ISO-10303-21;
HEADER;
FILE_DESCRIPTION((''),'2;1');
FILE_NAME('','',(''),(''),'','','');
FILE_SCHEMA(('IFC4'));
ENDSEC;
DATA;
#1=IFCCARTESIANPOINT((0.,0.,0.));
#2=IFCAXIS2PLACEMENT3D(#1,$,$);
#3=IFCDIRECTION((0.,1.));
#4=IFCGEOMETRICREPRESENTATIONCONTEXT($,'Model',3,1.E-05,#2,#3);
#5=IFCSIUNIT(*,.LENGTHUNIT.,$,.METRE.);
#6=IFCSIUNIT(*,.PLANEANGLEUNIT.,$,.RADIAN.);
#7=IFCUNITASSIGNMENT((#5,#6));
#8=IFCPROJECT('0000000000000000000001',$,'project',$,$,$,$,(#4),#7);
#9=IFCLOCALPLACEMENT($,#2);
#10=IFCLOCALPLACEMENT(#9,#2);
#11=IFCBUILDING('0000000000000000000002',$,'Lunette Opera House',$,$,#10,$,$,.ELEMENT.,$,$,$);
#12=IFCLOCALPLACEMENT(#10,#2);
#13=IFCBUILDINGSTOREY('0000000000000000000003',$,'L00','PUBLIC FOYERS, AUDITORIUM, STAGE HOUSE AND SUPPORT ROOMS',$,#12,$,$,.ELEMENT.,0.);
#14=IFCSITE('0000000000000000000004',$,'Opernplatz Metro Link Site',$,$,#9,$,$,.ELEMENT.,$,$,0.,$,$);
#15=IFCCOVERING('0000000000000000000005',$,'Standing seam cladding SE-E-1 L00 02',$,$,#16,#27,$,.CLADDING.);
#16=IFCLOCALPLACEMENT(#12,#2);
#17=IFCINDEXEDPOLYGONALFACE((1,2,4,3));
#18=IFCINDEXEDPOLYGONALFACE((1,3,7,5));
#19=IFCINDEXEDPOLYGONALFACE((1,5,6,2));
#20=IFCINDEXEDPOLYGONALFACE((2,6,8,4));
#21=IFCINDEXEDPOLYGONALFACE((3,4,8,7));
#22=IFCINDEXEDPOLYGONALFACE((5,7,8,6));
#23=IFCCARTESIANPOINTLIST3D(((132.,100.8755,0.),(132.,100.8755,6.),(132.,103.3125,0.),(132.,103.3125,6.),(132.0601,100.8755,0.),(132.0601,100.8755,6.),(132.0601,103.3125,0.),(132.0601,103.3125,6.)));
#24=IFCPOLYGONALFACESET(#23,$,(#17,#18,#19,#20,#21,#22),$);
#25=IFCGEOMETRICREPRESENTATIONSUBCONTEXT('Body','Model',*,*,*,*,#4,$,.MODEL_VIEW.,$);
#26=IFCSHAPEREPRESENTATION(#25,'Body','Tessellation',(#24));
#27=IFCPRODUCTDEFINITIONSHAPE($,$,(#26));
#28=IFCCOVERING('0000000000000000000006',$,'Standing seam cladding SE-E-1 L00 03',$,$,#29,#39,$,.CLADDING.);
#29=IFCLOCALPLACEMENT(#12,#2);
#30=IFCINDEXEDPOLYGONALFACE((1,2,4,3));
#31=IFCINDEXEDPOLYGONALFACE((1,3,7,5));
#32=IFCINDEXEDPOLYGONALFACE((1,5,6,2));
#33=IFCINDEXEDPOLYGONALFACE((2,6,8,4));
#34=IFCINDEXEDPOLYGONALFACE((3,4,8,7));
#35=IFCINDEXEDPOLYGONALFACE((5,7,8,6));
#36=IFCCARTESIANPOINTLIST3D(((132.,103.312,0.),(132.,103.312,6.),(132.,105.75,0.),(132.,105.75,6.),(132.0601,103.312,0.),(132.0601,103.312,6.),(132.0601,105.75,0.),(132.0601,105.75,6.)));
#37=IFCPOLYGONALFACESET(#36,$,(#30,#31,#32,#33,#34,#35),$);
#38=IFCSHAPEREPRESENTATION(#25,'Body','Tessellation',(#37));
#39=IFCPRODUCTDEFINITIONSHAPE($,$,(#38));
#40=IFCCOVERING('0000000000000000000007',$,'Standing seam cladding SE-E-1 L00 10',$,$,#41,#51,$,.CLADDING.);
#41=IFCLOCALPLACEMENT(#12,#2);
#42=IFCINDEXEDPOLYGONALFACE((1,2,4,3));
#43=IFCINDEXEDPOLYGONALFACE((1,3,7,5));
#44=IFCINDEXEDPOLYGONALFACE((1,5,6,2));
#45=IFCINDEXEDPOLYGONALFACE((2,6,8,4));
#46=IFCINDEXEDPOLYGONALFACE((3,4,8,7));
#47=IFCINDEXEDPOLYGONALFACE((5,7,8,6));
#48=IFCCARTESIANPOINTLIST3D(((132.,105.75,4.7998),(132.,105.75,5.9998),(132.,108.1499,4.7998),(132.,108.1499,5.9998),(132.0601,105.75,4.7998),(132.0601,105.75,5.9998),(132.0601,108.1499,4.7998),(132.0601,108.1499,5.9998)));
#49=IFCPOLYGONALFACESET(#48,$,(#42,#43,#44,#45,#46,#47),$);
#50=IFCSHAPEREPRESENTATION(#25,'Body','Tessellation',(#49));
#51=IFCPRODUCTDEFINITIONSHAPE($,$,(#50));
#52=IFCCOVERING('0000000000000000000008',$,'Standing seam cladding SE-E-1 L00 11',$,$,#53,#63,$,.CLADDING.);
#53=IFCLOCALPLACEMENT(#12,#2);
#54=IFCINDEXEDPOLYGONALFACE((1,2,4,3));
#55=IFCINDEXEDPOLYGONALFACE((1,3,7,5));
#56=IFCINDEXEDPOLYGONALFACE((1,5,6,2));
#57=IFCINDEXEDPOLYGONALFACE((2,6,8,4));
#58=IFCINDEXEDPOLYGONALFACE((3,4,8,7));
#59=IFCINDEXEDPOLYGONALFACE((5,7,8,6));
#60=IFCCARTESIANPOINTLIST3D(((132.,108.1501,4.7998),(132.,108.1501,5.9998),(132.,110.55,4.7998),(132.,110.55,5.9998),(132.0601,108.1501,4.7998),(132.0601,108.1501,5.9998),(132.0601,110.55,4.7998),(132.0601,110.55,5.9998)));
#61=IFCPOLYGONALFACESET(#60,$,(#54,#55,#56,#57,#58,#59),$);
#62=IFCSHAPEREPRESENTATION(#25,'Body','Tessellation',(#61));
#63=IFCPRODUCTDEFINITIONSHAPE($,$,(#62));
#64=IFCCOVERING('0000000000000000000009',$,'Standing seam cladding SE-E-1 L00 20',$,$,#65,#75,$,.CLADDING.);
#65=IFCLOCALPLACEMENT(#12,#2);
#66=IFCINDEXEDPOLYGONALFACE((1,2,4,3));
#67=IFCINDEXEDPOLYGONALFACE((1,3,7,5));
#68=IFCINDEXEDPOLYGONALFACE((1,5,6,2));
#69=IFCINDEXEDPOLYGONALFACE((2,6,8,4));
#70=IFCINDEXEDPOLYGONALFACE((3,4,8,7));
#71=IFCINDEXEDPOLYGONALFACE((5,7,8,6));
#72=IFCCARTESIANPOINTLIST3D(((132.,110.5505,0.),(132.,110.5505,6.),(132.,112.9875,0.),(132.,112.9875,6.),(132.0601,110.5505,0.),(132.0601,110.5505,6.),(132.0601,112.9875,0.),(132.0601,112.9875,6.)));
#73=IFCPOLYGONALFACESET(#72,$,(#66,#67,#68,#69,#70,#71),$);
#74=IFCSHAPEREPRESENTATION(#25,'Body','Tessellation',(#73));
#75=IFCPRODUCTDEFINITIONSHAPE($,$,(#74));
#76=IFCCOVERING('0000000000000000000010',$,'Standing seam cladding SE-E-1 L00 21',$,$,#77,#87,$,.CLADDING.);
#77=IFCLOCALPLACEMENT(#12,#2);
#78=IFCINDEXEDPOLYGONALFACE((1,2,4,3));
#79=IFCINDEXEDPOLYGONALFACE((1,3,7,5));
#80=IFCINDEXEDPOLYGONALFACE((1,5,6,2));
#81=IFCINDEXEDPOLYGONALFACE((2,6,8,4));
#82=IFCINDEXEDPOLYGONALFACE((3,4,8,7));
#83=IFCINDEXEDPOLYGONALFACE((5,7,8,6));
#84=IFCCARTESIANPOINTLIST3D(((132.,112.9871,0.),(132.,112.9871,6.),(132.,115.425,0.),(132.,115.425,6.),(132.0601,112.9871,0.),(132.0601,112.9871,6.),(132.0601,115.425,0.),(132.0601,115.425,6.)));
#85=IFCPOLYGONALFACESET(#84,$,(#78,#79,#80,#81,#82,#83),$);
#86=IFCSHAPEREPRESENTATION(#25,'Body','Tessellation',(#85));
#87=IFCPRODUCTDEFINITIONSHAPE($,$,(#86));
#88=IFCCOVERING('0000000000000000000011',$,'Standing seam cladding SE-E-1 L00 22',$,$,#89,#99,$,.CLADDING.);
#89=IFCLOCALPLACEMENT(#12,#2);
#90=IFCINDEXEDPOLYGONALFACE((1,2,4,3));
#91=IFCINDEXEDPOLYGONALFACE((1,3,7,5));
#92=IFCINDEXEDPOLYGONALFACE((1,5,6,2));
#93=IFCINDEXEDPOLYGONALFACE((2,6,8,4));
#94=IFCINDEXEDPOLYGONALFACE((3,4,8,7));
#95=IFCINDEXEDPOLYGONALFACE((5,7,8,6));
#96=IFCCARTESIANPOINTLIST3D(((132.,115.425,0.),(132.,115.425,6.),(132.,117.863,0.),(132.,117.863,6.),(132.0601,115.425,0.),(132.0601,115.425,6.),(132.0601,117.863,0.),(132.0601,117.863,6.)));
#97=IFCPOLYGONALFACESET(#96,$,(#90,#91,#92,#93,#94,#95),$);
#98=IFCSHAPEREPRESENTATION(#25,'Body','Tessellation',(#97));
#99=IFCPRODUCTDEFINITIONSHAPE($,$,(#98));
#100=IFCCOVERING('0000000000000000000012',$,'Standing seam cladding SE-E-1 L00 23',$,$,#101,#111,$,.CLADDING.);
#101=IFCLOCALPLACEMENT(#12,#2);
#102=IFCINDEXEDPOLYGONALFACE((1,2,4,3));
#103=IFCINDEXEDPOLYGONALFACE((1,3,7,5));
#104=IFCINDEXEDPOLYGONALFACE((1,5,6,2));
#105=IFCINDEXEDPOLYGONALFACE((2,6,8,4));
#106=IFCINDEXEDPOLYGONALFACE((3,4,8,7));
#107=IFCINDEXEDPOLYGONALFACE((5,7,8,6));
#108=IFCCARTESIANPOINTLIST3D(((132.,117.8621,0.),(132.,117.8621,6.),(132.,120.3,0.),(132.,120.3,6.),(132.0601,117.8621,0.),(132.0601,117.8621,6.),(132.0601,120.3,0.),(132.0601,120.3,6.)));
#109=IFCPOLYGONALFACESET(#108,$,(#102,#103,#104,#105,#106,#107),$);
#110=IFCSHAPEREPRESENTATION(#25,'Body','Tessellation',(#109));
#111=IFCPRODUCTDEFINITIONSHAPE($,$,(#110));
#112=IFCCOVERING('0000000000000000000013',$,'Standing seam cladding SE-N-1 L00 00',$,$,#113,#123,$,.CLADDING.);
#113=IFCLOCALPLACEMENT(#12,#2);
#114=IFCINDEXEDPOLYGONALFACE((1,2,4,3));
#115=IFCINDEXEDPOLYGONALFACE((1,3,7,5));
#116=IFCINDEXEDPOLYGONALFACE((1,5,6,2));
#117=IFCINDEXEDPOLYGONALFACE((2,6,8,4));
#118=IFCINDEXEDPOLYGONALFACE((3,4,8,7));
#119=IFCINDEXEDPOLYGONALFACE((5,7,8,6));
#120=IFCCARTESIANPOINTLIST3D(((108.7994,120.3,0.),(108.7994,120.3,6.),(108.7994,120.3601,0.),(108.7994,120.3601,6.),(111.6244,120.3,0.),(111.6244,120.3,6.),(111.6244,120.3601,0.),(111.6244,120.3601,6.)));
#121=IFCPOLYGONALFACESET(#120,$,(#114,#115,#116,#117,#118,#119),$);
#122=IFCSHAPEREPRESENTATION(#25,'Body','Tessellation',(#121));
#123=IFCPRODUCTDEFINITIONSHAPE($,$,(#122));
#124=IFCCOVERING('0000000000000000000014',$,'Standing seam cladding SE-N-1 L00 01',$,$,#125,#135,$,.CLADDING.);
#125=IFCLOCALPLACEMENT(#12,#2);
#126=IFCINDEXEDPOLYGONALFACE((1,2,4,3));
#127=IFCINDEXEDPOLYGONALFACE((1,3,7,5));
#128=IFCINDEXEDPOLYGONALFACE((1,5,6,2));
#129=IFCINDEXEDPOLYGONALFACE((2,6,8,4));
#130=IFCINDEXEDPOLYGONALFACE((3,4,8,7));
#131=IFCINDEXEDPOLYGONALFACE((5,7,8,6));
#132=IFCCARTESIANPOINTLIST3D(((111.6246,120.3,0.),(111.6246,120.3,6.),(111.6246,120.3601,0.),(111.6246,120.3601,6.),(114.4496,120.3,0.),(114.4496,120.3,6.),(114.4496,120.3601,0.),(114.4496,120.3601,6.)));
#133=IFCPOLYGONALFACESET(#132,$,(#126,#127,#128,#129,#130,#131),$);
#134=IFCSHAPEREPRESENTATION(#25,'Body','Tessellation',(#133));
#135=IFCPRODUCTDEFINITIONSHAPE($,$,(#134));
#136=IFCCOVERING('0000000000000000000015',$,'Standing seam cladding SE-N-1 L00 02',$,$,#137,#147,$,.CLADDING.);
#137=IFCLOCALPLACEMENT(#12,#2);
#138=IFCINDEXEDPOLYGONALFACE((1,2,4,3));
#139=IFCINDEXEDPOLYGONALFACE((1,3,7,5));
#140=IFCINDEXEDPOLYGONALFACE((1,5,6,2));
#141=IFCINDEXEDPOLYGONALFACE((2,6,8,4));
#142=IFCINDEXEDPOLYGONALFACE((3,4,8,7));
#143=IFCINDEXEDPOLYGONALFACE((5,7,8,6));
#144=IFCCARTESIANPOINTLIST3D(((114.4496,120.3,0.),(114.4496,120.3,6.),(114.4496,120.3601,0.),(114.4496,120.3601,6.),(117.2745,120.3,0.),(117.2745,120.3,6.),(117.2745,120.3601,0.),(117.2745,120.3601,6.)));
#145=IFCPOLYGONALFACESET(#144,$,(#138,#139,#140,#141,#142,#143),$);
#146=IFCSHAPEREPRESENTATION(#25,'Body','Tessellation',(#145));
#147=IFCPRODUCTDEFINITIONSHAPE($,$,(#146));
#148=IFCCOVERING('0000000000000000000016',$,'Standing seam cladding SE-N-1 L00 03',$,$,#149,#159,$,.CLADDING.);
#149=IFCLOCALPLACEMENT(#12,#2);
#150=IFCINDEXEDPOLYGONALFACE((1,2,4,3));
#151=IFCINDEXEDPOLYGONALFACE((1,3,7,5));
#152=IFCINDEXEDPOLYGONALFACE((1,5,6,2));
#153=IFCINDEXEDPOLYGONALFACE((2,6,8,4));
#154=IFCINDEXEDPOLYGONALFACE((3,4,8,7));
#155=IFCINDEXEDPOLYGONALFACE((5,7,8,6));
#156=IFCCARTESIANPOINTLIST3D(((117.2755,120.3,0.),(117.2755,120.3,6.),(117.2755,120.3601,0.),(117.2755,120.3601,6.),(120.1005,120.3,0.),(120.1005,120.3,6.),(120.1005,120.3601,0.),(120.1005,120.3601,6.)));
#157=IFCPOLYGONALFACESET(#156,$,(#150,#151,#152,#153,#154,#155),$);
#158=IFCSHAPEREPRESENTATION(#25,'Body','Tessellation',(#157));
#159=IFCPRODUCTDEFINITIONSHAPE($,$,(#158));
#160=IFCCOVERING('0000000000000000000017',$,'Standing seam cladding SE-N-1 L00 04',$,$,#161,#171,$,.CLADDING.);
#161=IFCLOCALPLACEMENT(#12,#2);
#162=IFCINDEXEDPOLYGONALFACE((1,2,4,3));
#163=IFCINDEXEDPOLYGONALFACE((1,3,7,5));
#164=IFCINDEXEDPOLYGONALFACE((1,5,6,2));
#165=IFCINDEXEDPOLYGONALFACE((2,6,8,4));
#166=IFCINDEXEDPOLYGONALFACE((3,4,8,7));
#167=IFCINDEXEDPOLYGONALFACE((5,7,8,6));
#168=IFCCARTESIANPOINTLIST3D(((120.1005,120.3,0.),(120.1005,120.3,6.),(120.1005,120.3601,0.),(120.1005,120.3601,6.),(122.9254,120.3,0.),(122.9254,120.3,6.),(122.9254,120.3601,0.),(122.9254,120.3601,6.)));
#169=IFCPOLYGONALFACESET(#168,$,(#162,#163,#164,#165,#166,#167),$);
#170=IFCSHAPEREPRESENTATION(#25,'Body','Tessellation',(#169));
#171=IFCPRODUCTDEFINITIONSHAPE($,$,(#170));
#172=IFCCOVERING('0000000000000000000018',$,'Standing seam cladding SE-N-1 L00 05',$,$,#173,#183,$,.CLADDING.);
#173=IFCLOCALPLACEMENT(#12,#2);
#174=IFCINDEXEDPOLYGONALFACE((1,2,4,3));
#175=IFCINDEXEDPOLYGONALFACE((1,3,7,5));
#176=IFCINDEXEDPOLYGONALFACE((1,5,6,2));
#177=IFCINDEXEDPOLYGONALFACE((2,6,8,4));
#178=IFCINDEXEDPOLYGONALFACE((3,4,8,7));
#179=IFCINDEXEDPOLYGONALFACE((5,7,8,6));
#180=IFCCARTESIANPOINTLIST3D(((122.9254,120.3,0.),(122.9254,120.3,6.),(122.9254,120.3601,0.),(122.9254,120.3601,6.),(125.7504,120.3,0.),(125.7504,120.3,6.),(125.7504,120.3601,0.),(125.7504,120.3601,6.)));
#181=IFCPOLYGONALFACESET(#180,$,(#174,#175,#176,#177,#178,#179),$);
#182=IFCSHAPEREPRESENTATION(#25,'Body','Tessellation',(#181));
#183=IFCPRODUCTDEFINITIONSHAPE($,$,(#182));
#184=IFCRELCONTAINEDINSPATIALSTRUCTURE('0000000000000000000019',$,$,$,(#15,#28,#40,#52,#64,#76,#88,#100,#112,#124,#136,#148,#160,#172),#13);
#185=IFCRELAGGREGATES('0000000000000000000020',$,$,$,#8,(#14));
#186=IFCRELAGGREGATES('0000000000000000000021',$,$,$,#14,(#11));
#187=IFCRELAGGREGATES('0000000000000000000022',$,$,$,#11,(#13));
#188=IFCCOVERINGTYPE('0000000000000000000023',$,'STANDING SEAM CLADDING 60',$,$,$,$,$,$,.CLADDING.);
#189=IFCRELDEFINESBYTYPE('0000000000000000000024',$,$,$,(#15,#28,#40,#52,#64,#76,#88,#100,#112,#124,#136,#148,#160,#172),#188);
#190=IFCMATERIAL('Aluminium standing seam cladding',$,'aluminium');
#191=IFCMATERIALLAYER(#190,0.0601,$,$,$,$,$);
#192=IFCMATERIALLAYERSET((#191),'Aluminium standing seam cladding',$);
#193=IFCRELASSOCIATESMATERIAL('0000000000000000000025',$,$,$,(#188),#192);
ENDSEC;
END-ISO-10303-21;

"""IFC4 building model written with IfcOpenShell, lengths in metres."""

from ifc_helpers import new_model, si_unit, direction, frame, origin, origin_2d, place, context, subcontext, project, spatial, rectangle, extrude, material, layer, layer_set, type_object, element, save


model = new_model("IFC4")

# Units and contexts
model_context = context("Model", 3, precision=1e-05, world=origin(), true_north=direction((0.0, 1.0)))
body_context = subcontext(model_context, "Body", "Model", "MODEL_VIEW")
ifc_project = project(units=[si_unit("LENGTHUNIT", "METRE"), si_unit("PLANEANGLEUNIT", "RADIAN")], contexts=[model_context])

# Site, building, storey
site_placement = place(None, origin())
site = spatial("IfcSite", under=ifc_project, at=site_placement, Name="Opernplatz Metro Link Site", CompositionType="ELEMENT", RefElevation=0.0)
building_placement = place(site_placement, origin())
building = spatial("IfcBuilding", under=site, at=building_placement, Name="Lunette Opera House", CompositionType="ELEMENT")
storey_placement = place(building_placement, origin())
storey = spatial("IfcBuildingStorey", under=building, at=storey_placement, Name="L00", Description="PUBLIC FOYERS, AUDITORIUM, STAGE HOUSE AND SUPPORT ROOMS", CompositionType="ELEMENT", Elevation=0.0)

# Coverings
ifc_material_1 = material(Name="Aluminium standing seam cladding", Category="aluminium")
ifc_layer_1 = layer(ifc_material_1, 0.0601)
ifc_layer_set_1 = layer_set([ifc_layer_1], Name="Aluminium standing seam cladding")
covering_type_1 = type_object("IfcCoveringType", Name="STANDING SEAM CLADDING 60", PredefinedType="CLADDING", material=ifc_layer_set_1)
covering_1_placement = place(storey_placement, frame((132.03, 102.094, 0.0), z_axis=(0.0, 0.0, 1.0), x_axis=(0.0, 1.0, 0.0)))
element("IfcCovering", 1, at=covering_1_placement, inside=storey, type_object=covering_type_1, Name="Standing seam cladding SE-E-1 L00 02", PredefinedType="CLADDING", context=body_context, shape_type="SweptSolid", body=[
    extrude(rectangle(XDim=2.437, YDim=0.0601, at=origin_2d()), origin(), (0.0, 0.0, 1.0), 6.0),
])
covering_2_placement = place(storey_placement, frame((132.03, 104.531, 0.0), z_axis=(0.0, 0.0, 1.0), x_axis=(0.0, 1.0, 0.0)))
element("IfcCovering", 2, at=covering_2_placement, inside=storey, type_object=covering_type_1, Name="Standing seam cladding SE-E-1 L00 03", PredefinedType="CLADDING", context=body_context, shape_type="SweptSolid", body=[
    extrude(rectangle(XDim=2.438, YDim=0.0601, at=origin_2d()), origin(), (0.0, 0.0, 1.0), 6.0),
])
for number, where, z_axis, x_axis, name in (
    (3, (132.03, 106.95, 4.7998), (0.0, 0.0, 1.0), (0.0, 1.0, 0.0), "Standing seam cladding SE-E-1 L00 10"),
    (4, (132.03, 109.3501, 4.7998), (0.0, 0.0, 1.0), (0.0, 1.0, 0.0), "Standing seam cladding SE-E-1 L00 11"),
):
    element("IfcCovering", number, at=place(storey_placement, frame(where, z_axis=z_axis, x_axis=x_axis)), inside=storey, type_object=covering_type_1, Name=name, PredefinedType="CLADDING", context=body_context, shape_type="SweptSolid", body=[
        extrude(rectangle(XDim=2.3999, YDim=0.0601, at=origin_2d()), origin(), (0.0, 0.0, 1.0), 1.2),
    ])
covering_3_placement = place(storey_placement, frame((132.03, 111.769, 0.0), z_axis=(0.0, 0.0, 1.0), x_axis=(0.0, 1.0, 0.0)))
element("IfcCovering", 5, at=covering_3_placement, inside=storey, type_object=covering_type_1, Name="Standing seam cladding SE-E-1 L00 20", PredefinedType="CLADDING", context=body_context, shape_type="SweptSolid", body=[
    extrude(rectangle(XDim=2.437, YDim=0.0601, at=origin_2d()), origin(), (0.0, 0.0, 1.0), 6.0),
])
for number, where, z_axis, x_axis, name in (
    (6, (132.03, 114.2061, 0.0), (0.0, 0.0, 1.0), (0.0, 1.0, 0.0), "Standing seam cladding SE-E-1 L00 21"),
    (7, (132.03, 116.644, 0.0), (0.0, 0.0, 1.0), (0.0, 1.0, 0.0), "Standing seam cladding SE-E-1 L00 22"),
    (8, (132.03, 119.0811, 0.0), (0.0, 0.0, 1.0), (0.0, 1.0, 0.0), "Standing seam cladding SE-E-1 L00 23"),
):
    element("IfcCovering", number, at=place(storey_placement, frame(where, z_axis=z_axis, x_axis=x_axis)), inside=storey, type_object=covering_type_1, Name=name, PredefinedType="CLADDING", context=body_context, shape_type="SweptSolid", body=[
        extrude(rectangle(XDim=2.438, YDim=0.0601, at=origin_2d()), origin(), (0.0, 0.0, 1.0), 6.0),
    ])
for number, where, z_axis, x_axis, name in (
    (9, (110.2119, 120.3301, 0.0), (0.0, 0.0, 1.0), (1.0, 0.0, 0.0), "Standing seam cladding SE-N-1 L00 00"),
    (10, (113.0371, 120.3301, 0.0), (0.0, 0.0, 1.0), (1.0, 0.0, 0.0), "Standing seam cladding SE-N-1 L00 01"),
    (11, (115.8621, 120.3301, 0.0), (0.0, 0.0, 1.0), (1.0, 0.0, 0.0), "Standing seam cladding SE-N-1 L00 02"),
    (12, (118.688, 120.3301, 0.0), (0.0, 0.0, 1.0), (1.0, 0.0, 0.0), "Standing seam cladding SE-N-1 L00 03"),
    (13, (121.5129, 120.3301, 0.0), (0.0, 0.0, 1.0), (1.0, 0.0, 0.0), "Standing seam cladding SE-N-1 L00 04"),
    (14, (124.3379, 120.3301, 0.0), (0.0, 0.0, 1.0), (1.0, 0.0, 0.0), "Standing seam cladding SE-N-1 L00 05"),
):
    element("IfcCovering", number, at=place(storey_placement, frame(where, z_axis=z_axis, x_axis=x_axis)), inside=storey, type_object=covering_type_1, Name=name, PredefinedType="CLADDING", context=body_context, shape_type="SweptSolid", body=[
        extrude(rectangle(XDim=2.825, YDim=0.0601, at=origin_2d()), origin(), (0.0, 0.0, 1.0), 6.0),
    ])

save(model, "model.ifc")
